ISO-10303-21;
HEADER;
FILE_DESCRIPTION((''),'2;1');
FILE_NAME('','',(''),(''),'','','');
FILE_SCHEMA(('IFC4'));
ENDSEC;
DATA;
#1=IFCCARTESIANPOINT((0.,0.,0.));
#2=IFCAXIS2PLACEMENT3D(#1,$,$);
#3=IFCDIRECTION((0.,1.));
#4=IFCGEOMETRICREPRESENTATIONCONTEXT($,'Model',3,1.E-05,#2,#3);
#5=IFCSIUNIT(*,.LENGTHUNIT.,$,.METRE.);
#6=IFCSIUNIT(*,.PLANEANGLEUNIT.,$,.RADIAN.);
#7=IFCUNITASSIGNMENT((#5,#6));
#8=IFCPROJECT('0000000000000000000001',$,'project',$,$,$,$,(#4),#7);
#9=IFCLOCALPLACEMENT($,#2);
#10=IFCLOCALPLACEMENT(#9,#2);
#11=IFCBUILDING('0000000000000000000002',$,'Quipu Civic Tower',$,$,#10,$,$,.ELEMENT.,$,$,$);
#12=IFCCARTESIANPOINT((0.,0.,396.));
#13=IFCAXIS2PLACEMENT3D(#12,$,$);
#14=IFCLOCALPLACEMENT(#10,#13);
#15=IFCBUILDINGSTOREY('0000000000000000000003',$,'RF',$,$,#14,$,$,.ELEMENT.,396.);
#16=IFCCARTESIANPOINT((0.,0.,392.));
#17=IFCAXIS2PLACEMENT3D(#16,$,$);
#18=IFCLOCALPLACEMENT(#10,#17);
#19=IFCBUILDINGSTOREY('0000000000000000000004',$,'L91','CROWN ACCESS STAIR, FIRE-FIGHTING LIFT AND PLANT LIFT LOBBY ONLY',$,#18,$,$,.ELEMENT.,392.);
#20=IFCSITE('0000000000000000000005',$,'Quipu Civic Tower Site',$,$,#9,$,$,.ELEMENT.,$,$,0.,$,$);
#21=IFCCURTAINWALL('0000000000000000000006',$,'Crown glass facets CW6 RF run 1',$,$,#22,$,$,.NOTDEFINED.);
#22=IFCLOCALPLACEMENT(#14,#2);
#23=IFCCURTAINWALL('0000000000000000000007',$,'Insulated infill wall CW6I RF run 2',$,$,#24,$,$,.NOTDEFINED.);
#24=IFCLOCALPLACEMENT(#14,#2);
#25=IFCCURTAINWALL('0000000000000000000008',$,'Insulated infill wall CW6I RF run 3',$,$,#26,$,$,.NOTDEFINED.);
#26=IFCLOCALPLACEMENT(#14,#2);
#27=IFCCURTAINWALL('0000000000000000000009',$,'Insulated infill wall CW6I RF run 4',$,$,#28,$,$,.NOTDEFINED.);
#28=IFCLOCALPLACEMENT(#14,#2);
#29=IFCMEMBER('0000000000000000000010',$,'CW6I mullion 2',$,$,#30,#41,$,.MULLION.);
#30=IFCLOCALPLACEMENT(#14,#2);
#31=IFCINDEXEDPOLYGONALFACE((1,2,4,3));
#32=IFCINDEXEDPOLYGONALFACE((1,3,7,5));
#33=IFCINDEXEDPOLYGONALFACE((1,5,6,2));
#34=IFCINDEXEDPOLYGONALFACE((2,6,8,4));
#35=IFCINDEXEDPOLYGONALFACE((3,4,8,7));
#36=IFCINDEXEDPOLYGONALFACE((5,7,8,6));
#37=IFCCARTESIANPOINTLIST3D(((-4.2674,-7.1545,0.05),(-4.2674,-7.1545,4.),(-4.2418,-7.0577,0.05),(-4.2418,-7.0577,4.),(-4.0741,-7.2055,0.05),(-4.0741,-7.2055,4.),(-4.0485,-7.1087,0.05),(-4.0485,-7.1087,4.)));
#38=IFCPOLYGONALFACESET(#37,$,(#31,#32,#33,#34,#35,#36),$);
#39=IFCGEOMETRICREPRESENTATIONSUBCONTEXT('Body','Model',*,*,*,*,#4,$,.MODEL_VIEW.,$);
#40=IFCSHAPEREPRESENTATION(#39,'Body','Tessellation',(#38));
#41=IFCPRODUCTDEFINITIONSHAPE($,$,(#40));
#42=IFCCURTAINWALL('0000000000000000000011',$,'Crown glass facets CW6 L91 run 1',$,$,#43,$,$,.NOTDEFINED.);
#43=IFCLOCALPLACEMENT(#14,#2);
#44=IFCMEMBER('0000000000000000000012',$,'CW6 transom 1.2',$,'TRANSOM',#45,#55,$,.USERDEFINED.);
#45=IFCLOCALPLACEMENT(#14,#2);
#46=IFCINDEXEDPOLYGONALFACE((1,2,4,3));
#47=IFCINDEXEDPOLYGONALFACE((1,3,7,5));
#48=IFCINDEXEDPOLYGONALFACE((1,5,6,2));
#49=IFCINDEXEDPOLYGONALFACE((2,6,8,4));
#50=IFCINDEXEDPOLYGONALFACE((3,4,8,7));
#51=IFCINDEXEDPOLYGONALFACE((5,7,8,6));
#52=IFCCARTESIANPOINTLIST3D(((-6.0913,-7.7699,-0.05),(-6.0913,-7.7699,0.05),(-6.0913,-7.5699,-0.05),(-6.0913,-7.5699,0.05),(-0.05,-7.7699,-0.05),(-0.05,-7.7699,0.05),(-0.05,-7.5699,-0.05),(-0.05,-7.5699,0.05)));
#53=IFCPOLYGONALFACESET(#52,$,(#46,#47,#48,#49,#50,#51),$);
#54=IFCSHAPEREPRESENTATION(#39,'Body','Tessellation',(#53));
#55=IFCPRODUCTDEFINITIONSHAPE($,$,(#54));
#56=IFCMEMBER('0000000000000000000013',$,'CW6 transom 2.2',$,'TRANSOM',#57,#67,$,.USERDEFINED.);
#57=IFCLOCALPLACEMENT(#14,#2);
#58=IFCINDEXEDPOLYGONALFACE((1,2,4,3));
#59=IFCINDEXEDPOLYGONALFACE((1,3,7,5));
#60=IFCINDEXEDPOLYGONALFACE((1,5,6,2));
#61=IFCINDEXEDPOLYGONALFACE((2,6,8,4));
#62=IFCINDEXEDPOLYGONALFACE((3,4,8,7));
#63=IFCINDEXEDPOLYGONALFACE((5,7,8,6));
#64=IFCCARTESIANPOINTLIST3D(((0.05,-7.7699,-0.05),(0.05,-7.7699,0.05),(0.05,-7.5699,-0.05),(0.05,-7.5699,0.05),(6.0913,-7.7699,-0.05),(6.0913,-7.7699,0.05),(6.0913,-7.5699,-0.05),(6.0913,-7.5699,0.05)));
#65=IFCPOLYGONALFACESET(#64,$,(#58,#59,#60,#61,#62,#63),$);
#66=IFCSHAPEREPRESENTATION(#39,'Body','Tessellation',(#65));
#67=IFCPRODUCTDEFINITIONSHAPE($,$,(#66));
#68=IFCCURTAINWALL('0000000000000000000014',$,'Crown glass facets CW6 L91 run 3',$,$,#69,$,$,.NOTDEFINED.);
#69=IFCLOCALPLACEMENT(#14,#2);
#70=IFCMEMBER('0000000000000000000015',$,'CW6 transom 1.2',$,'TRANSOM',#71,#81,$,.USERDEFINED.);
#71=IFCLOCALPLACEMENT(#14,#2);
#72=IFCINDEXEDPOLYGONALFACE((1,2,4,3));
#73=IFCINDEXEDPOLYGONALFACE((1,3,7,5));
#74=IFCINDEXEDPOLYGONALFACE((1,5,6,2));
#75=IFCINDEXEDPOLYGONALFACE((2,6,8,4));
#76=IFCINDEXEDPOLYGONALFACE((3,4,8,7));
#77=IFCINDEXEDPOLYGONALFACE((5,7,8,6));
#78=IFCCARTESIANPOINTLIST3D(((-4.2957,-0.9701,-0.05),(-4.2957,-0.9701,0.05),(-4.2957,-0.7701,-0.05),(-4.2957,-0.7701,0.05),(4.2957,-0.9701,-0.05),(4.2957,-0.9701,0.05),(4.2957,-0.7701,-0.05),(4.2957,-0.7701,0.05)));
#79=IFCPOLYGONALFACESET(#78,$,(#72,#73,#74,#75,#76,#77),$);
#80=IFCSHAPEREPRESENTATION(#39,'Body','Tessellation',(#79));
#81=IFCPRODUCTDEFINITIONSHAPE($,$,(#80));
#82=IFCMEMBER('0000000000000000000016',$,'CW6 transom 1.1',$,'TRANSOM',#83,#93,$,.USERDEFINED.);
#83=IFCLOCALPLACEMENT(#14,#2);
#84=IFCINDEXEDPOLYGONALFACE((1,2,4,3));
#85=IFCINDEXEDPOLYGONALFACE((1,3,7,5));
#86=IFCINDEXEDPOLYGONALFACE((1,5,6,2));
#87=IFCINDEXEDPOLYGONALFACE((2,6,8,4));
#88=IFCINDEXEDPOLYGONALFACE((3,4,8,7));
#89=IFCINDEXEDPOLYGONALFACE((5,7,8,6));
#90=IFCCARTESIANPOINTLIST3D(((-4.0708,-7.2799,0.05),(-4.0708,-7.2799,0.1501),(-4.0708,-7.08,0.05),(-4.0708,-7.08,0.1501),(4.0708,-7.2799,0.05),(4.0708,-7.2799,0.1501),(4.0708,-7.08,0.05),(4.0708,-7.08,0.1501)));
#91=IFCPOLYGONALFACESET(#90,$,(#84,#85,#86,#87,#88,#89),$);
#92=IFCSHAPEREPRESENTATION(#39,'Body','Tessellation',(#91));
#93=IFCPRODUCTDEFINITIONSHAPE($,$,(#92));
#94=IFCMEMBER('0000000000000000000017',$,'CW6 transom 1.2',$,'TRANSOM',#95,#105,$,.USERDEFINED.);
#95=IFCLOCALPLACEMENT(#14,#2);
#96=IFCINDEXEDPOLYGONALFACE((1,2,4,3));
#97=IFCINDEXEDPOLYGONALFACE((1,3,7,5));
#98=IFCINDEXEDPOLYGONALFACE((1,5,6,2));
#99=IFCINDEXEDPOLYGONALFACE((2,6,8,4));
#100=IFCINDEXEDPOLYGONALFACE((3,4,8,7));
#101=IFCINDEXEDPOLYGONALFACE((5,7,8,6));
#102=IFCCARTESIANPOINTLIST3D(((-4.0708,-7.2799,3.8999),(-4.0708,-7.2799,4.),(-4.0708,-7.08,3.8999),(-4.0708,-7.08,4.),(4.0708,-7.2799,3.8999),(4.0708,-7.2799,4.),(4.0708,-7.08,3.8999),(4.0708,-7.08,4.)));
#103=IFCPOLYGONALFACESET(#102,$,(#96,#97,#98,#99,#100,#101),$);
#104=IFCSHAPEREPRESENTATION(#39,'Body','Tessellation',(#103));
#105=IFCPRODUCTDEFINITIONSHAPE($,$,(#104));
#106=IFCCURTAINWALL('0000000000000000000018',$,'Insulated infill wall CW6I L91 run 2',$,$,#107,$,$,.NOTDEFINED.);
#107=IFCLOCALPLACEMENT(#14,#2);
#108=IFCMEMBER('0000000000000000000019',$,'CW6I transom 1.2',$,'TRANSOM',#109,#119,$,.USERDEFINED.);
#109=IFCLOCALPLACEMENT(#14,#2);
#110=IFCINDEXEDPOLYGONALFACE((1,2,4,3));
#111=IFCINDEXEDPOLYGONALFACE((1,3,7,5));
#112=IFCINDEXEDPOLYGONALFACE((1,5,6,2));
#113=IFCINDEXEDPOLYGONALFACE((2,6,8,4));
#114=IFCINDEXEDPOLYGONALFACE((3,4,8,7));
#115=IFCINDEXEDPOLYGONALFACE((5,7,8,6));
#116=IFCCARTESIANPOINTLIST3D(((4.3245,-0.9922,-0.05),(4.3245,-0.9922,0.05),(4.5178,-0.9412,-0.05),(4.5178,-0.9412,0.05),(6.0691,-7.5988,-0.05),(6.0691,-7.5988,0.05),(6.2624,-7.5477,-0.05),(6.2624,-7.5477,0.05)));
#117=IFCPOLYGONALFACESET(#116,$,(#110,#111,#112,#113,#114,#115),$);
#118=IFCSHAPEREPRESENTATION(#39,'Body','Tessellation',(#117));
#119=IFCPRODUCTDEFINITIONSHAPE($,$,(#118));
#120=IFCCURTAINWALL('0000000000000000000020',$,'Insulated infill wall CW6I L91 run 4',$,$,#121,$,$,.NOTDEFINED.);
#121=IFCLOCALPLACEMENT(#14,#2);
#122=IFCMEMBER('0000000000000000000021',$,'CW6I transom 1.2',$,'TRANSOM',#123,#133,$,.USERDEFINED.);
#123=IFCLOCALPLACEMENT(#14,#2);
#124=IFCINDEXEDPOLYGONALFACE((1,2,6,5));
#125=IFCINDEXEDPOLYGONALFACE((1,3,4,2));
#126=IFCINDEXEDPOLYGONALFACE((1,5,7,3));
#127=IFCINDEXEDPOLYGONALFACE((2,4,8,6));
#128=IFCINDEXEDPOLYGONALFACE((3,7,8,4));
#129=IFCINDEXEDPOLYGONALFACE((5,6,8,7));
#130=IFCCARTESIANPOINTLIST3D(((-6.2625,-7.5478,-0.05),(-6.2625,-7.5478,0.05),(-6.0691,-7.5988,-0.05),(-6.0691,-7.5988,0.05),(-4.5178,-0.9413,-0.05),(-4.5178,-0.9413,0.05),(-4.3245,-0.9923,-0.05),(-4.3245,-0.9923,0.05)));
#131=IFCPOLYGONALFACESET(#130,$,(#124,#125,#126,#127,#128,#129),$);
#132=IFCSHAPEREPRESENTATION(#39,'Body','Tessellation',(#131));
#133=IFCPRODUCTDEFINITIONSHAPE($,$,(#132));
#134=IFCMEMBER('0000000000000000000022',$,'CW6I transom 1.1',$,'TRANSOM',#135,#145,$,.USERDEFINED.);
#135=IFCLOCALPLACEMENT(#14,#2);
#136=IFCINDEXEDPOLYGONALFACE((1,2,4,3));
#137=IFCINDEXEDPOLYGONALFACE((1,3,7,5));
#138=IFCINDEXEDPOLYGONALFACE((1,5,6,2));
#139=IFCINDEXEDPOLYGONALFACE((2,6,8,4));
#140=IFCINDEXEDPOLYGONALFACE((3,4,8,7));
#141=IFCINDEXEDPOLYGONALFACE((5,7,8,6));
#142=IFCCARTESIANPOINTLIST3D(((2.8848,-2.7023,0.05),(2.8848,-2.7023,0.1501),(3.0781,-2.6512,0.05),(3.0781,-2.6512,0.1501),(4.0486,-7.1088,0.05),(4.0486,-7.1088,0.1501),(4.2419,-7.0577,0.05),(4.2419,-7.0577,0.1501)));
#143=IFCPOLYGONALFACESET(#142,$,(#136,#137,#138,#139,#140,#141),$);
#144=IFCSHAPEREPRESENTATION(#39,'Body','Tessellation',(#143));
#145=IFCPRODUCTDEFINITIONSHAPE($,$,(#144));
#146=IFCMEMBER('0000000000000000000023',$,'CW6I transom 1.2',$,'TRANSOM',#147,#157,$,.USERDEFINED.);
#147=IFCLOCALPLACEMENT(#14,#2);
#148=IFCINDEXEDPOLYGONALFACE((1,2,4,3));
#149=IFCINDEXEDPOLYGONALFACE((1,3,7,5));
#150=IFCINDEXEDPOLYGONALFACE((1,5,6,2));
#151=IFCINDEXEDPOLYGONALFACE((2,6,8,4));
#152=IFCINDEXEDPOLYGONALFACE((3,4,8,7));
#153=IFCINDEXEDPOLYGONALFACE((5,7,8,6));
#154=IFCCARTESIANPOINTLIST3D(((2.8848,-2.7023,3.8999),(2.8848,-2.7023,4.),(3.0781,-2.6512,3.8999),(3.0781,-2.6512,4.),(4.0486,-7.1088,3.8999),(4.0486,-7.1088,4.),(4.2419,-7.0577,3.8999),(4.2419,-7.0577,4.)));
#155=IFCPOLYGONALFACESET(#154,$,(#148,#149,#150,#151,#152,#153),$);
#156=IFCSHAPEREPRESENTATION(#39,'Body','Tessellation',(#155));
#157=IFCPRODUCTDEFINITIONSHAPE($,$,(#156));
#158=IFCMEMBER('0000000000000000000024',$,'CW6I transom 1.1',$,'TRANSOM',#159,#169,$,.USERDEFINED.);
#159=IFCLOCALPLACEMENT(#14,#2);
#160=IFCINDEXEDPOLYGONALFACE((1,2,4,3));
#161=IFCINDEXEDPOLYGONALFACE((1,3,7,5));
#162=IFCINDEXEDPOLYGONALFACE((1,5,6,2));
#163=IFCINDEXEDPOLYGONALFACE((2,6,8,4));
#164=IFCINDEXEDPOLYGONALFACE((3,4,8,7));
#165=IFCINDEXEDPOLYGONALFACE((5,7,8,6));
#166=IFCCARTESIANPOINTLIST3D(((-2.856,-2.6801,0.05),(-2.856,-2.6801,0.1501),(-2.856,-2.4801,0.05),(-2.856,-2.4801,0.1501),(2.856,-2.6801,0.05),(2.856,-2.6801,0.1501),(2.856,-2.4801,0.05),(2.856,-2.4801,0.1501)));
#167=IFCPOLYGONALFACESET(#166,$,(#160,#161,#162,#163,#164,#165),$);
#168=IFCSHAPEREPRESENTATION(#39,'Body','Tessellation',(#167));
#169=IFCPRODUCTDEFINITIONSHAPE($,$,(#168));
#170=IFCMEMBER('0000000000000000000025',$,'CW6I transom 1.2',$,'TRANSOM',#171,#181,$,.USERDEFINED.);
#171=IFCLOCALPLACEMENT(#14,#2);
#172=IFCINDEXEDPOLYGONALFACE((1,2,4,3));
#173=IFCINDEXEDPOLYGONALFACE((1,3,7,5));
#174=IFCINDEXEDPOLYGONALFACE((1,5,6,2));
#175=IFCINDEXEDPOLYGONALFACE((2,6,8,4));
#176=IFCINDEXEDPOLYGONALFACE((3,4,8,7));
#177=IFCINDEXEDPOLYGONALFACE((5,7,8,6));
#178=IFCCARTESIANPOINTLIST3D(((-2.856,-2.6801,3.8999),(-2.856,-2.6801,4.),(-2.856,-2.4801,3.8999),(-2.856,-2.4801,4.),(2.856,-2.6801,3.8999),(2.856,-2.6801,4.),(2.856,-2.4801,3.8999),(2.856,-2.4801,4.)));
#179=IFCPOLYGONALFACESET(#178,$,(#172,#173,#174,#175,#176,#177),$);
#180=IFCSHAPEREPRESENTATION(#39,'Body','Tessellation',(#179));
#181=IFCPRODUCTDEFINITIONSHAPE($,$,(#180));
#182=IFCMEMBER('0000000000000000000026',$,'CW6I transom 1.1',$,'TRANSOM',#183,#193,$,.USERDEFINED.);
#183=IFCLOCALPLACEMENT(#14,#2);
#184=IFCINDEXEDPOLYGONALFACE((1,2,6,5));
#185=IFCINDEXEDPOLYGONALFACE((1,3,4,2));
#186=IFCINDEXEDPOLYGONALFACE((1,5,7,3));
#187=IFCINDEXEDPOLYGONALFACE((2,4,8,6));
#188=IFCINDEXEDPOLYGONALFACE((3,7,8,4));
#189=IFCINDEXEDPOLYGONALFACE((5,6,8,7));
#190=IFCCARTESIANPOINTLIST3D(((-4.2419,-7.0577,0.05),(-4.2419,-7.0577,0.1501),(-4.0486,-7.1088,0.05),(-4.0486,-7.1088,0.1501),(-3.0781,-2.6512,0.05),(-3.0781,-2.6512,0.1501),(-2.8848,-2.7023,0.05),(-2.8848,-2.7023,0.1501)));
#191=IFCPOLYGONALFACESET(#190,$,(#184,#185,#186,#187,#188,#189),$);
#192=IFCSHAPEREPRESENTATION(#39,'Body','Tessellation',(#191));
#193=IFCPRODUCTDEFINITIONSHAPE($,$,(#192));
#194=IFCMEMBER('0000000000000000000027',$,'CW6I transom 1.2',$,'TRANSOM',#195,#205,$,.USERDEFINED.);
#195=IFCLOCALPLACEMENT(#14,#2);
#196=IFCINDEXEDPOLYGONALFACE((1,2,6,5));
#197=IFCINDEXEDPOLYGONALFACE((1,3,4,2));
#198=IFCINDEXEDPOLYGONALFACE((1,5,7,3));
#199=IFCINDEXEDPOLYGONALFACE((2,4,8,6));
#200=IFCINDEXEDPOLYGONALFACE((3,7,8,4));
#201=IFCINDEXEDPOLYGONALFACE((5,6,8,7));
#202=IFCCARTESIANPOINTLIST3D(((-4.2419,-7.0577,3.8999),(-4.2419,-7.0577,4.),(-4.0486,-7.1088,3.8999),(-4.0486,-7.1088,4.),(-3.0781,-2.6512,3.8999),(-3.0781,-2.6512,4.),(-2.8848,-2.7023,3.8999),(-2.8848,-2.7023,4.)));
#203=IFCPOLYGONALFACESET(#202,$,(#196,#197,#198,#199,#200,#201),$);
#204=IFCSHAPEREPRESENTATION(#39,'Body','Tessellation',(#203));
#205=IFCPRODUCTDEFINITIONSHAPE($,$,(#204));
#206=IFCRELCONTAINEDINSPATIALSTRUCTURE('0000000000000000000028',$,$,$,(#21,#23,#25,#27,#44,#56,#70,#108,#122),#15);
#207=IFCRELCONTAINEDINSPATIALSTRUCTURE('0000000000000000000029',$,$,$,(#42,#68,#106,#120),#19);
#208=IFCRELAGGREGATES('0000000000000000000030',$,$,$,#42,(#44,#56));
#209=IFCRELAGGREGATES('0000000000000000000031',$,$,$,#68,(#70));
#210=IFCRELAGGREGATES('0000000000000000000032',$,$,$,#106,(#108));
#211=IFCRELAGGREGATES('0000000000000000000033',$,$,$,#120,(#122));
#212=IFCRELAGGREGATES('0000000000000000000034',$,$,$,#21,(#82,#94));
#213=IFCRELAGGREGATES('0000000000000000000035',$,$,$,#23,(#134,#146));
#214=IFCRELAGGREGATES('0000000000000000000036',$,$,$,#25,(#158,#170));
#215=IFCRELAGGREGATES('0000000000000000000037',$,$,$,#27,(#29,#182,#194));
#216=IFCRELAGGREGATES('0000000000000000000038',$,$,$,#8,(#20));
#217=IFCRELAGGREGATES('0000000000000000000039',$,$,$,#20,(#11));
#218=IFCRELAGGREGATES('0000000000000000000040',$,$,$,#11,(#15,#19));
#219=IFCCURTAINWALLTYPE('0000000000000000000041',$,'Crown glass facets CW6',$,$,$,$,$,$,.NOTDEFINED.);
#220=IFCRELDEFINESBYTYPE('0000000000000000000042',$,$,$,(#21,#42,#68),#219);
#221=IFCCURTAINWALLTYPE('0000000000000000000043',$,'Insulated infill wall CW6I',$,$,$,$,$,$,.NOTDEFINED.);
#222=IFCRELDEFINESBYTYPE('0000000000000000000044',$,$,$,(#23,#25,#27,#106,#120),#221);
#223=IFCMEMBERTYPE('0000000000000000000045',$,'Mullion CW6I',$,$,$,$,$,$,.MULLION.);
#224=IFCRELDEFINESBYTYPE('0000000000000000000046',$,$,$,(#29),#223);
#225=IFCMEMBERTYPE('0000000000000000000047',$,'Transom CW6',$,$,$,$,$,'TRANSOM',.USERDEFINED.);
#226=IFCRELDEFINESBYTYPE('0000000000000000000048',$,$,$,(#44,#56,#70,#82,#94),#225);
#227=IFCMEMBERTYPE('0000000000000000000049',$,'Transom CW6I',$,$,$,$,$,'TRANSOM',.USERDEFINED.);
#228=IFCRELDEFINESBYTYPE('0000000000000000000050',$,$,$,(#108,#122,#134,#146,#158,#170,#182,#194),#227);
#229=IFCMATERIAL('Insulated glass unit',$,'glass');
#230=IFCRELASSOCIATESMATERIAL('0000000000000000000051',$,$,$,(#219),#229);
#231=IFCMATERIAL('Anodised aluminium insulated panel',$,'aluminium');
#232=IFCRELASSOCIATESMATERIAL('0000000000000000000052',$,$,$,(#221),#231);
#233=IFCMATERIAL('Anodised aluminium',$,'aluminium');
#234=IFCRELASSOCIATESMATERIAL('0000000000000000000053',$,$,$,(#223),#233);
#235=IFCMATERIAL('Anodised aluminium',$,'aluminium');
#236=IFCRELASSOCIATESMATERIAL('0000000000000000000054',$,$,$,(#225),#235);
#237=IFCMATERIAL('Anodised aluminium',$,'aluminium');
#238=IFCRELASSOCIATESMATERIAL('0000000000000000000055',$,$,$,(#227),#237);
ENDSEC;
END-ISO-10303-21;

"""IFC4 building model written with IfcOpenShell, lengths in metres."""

from ifc_helpers import new_model, si_unit, direction, frame, origin, origin_2d, place, context, subcontext, project, spatial, rectangle, extrude, material, material_profile, profile_set, type_object, element, aggregate, save


model = new_model("IFC4")

# Units and contexts
model_context = context("Model", 3, precision=1e-05, world=origin(), true_north=direction((0.0, 1.0)))
body_context = subcontext(model_context, "Body", "Model", "MODEL_VIEW")
ifc_project = project(units=[si_unit("LENGTHUNIT", "METRE"), si_unit("PLANEANGLEUNIT", "RADIAN")], contexts=[model_context])

# Site, building, storey
site_placement = place(None, origin())
site = spatial("IfcSite", under=ifc_project, at=site_placement, Name="Quipu Civic Tower Site", CompositionType="ELEMENT", RefElevation=0.0)
building_placement = place(site_placement, origin())
building = spatial("IfcBuilding", under=site, at=building_placement, Name="Quipu Civic Tower", CompositionType="ELEMENT")
storey_1_placement = place(building_placement, frame((0.0, 0.0, 396.0)))
storey_1 = spatial("IfcBuildingStorey", under=building, at=storey_1_placement, Name="RF", CompositionType="ELEMENT", Elevation=396.0)

# Curtain walls, member
ifc_material_1 = material(Name="Insulated glass unit", Category="glass")
curtain_wall_type_1 = type_object("IfcCurtainWallType", Name="Crown glass facets CW6", PredefinedType="NOTDEFINED", material=ifc_material_1)
curtain_wall_1_placement = place(storey_1_placement, origin())
curtain_wall_1 = element("IfcCurtainWall", 1, at=curtain_wall_1_placement, inside=storey_1, type_object=curtain_wall_type_1, Name="Crown glass facets CW6 RF run 1", PredefinedType="NOTDEFINED")
ifc_material_2 = material(Name="Anodised aluminium insulated panel", Category="aluminium")
curtain_wall_type_2 = type_object("IfcCurtainWallType", Name="Insulated infill wall CW6I", PredefinedType="NOTDEFINED", material=ifc_material_2)
curtain_wall_2_placement = place(storey_1_placement, origin())
curtain_wall_2 = element("IfcCurtainWall", 2, at=curtain_wall_2_placement, inside=storey_1, type_object=curtain_wall_type_2, Name="Insulated infill wall CW6I RF run 2", PredefinedType="NOTDEFINED")
ifc_material_3 = material(Name="Anodised aluminium", Category="aluminium")
ifc_material_profile_1 = material_profile(ifc_material_3, rectangle(XDim=0.2, YDim=0.1001, at=origin_2d()), Name="RECT 200x100")
ifc_profile_set_1 = profile_set([ifc_material_profile_1], Name="Anodised aluminium")
member_type_1 = type_object("IfcMemberType", Name="Mullion CW6I", PredefinedType="MULLION", material=ifc_profile_set_1)
curtain_wall_3_placement = place(storey_1_placement, origin())
curtain_wall_3 = element("IfcCurtainWall", 3, at=curtain_wall_3_placement, inside=storey_1, type_object=curtain_wall_type_2, Name="Insulated infill wall CW6I RF run 3", PredefinedType="NOTDEFINED")
curtain_wall_4_placement = place(storey_1_placement, origin())
curtain_wall_4 = element("IfcCurtainWall", 4, at=curtain_wall_4_placement, inside=storey_1, type_object=curtain_wall_type_2, Name="Insulated infill wall CW6I RF run 4", PredefinedType="NOTDEFINED")
member_1_placement = place(storey_1_placement, frame((-4.158, -7.1316, 0.05), z_axis=(0.0, 0.0, 1.0), x_axis=(0.966853, -0.255333, 0.0)))
member_1 = element("IfcMember", 5, at=member_1_placement, type_object=member_type_1, Name="CW6I mullion 2", PredefinedType="MULLION", context=body_context, shape_type="SweptSolid", body=[
    extrude(rectangle(XDim=0.2, YDim=0.1001, at=origin_2d()), origin(), (0.0, 0.0, 1.0), 3.95),
])

# Shared definitions
storey_2_placement = place(building_placement, frame((0.0, 0.0, 392.0)))
storey_2 = spatial("IfcBuildingStorey", under=building, at=storey_2_placement, Name="L91", Description="CROWN ACCESS STAIR, FIRE-FIGHTING LIFT AND PLANT LIFT LOBBY ONLY", CompositionType="ELEMENT", Elevation=392.0)

# Curtain wall, members
curtain_wall_5_placement = place(storey_2_placement, origin())
curtain_wall_5 = element("IfcCurtainWall", 6, at=curtain_wall_5_placement, inside=storey_2, type_object=curtain_wall_type_1, Name="Crown glass facets CW6 L91 run 1", PredefinedType="NOTDEFINED")
ifc_material_4 = material(Name="Anodised aluminium", Category="aluminium")
ifc_material_profile_2 = material_profile(ifc_material_4, rectangle(XDim=0.2, YDim=0.1001, at=origin_2d()), Name="RECT 200x100")
ifc_profile_set_2 = profile_set([ifc_material_profile_2], Name="Anodised aluminium")
member_type_2 = type_object("IfcMemberType", Name="Transom CW6", ElementType="TRANSOM", PredefinedType="USERDEFINED", material=ifc_profile_set_2)
member_2_placement = place(storey_1_placement, frame((-6.0913, -7.6699, 0.0), z_axis=(1.0, 0.0, 0.0), x_axis=(0.0, 1.0, 0.0)))
member_2 = element("IfcMember", 7, at=member_2_placement, inside=storey_1, type_object=member_type_2, Name="CW6 transom 1.2", ObjectType="TRANSOM", PredefinedType="USERDEFINED", context=body_context, shape_type="SweptSolid", body=[
    extrude(rectangle(XDim=0.2, YDim=0.1001, at=origin_2d()), origin(), (0.0, 0.0, 1.0), 6.0413),
])
member_3_placement = place(storey_1_placement, frame((0.05, -7.6699, 0.0), z_axis=(1.0, 0.0, 0.0), x_axis=(0.0, 1.0, 0.0)))
member_3 = element("IfcMember", 8, at=member_3_placement, inside=storey_1, type_object=member_type_2, Name="CW6 transom 2.2", ObjectType="TRANSOM", PredefinedType="USERDEFINED", context=body_context, shape_type="SweptSolid", body=[
    extrude(rectangle(XDim=0.2, YDim=0.1001, at=origin_2d()), origin(), (0.0, 0.0, 1.0), 6.0413),
])
aggregate(curtain_wall_5, [member_2, member_3])

# Curtain wall, member
curtain_wall_6_placement = place(storey_2_placement, origin())
curtain_wall_6 = element("IfcCurtainWall", 9, at=curtain_wall_6_placement, inside=storey_2, type_object=curtain_wall_type_1, Name="Crown glass facets CW6 L91 run 3", PredefinedType="NOTDEFINED")
member_4_placement = place(storey_1_placement, frame((4.2957, -0.8701, 0.0), z_axis=(-1.0, 0.0, 0.0), x_axis=(0.0, -1.0, 0.0)))
member_4 = element("IfcMember", 10, at=member_4_placement, inside=storey_1, type_object=member_type_2, Name="CW6 transom 1.2", ObjectType="TRANSOM", PredefinedType="USERDEFINED", context=body_context, shape_type="SweptSolid", body=[
    extrude(rectangle(XDim=0.2, YDim=0.1001, at=origin_2d()), origin(), (0.0, 0.0, 1.0), 8.5913),
])
aggregate(curtain_wall_6, [member_4])

# Members
member_5_placement = place(storey_1_placement, frame((-4.0708, -7.1799, 0.1001), z_axis=(1.0, 0.0, 0.0), x_axis=(0.0, 1.0, 0.0)))
member_5 = element("IfcMember", 11, at=member_5_placement, type_object=member_type_2, Name="CW6 transom 1.1", ObjectType="TRANSOM", PredefinedType="USERDEFINED", context=body_context, shape_type="SweptSolid", body=[
    extrude(rectangle(XDim=0.2, YDim=0.1001, at=origin_2d()), origin(), (0.0, 0.0, 1.0), 8.1416),
])
member_6_placement = place(storey_1_placement, frame((-4.0708, -7.1799, 3.95), z_axis=(1.0, 0.0, 0.0), x_axis=(0.0, 1.0, 0.0)))
member_6 = element("IfcMember", 12, at=member_6_placement, type_object=member_type_2, Name="CW6 transom 1.2", ObjectType="TRANSOM", PredefinedType="USERDEFINED", context=body_context, shape_type="SweptSolid", body=[
    extrude(rectangle(XDim=0.2, YDim=0.1001, at=origin_2d()), origin(), (0.0, 0.0, 1.0), 8.1416),
])

# Curtain walls, members
curtain_wall_7_placement = place(storey_2_placement, origin())
curtain_wall_7 = element("IfcCurtainWall", 13, at=curtain_wall_7_placement, inside=storey_2, type_object=curtain_wall_type_2, Name="Insulated infill wall CW6I L91 run 2", PredefinedType="NOTDEFINED")
ifc_material_5 = material(Name="Anodised aluminium", Category="aluminium")
ifc_material_profile_3 = material_profile(ifc_material_5, rectangle(XDim=0.2, YDim=0.1001, at=origin_2d()), Name="RECT 200x100")
ifc_profile_set_3 = profile_set([ifc_material_profile_3], Name="Anodised aluminium")
member_type_3 = type_object("IfcMemberType", Name="Transom CW6I", ElementType="TRANSOM", PredefinedType="USERDEFINED", material=ifc_profile_set_3)
member_7_placement = place(storey_1_placement, frame((6.1658, -7.5732, 0.0), z_axis=(-0.255327, 0.966855, 0.0), x_axis=(-0.966855, -0.255327, 0.0)))
member_7 = element("IfcMember", 14, at=member_7_placement, inside=storey_1, type_object=member_type_3, Name="CW6I transom 1.2", ObjectType="TRANSOM", PredefinedType="USERDEFINED", context=body_context, shape_type="SweptSolid", body=[
    extrude(rectangle(XDim=0.2, YDim=0.1001, at=origin_2d()), origin(), (0.0, 0.0, 1.0), 6.833),
])
aggregate(curtain_wall_7, [member_7])
curtain_wall_8_placement = place(storey_2_placement, origin())
curtain_wall_8 = element("IfcCurtainWall", 15, at=curtain_wall_8_placement, inside=storey_2, type_object=curtain_wall_type_2, Name="Insulated infill wall CW6I L91 run 4", PredefinedType="NOTDEFINED")
member_8_placement = place(storey_1_placement, frame((-4.4211, -0.9668, 0.0), z_axis=(-0.255327, -0.966855, 0.0), x_axis=(0.966855, -0.255327, 0.0)))
member_8 = element("IfcMember", 16, at=member_8_placement, inside=storey_1, type_object=member_type_3, Name="CW6I transom 1.2", ObjectType="TRANSOM", PredefinedType="USERDEFINED", context=body_context, shape_type="SweptSolid", body=[
    extrude(rectangle(XDim=0.2, YDim=0.1001, at=origin_2d()), origin(), (0.0, 0.0, 1.0), 6.833),
])
aggregate(curtain_wall_8, [member_8])

# Members
member_9_placement = place(storey_1_placement, frame((4.1453, -7.0833, 0.1001), z_axis=(-0.255358, 0.966847, 0.0), x_axis=(-0.966847, -0.255358, 0.0)))
member_9 = element("IfcMember", 17, at=member_9_placement, type_object=member_type_3, Name="CW6I transom 1.1", ObjectType="TRANSOM", PredefinedType="USERDEFINED", context=body_context, shape_type="SweptSolid", body=[
    extrude(rectangle(XDim=0.2, YDim=0.1001, at=origin_2d()), origin(), (0.0, 0.0, 1.0), 4.5576),
])
member_10_placement = place(storey_1_placement, frame((4.1453, -7.0833, 3.95), z_axis=(-0.255358, 0.966847, 0.0), x_axis=(-0.966847, -0.255358, 0.0)))
member_10 = element("IfcMember", 18, at=member_10_placement, type_object=member_type_3, Name="CW6I transom 1.2", ObjectType="TRANSOM", PredefinedType="USERDEFINED", context=body_context, shape_type="SweptSolid", body=[
    extrude(rectangle(XDim=0.2, YDim=0.1001, at=origin_2d()), origin(), (0.0, 0.0, 1.0), 4.5576),
])
member_11_placement = place(storey_1_placement, frame((2.856, -2.5801, 0.1001), z_axis=(-1.0, 0.0, 0.0), x_axis=(0.0, -1.0, 0.0)))
member_11 = element("IfcMember", 19, at=member_11_placement, type_object=member_type_3, Name="CW6I transom 1.1", ObjectType="TRANSOM", PredefinedType="USERDEFINED", context=body_context, shape_type="SweptSolid", body=[
    extrude(rectangle(XDim=0.2, YDim=0.1001, at=origin_2d()), origin(), (0.0, 0.0, 1.0), 5.7119),
])
member_12_placement = place(storey_1_placement, frame((2.856, -2.5801, 3.95), z_axis=(-1.0, 0.0, 0.0), x_axis=(0.0, -1.0, 0.0)))
member_12 = element("IfcMember", 20, at=member_12_placement, type_object=member_type_3, Name="CW6I transom 1.2", ObjectType="TRANSOM", PredefinedType="USERDEFINED", context=body_context, shape_type="SweptSolid", body=[
    extrude(rectangle(XDim=0.2, YDim=0.1001, at=origin_2d()), origin(), (0.0, 0.0, 1.0), 5.7119),
])
member_13_placement = place(storey_1_placement, frame((-2.9814, -2.6768, 0.1001), z_axis=(-0.255358, -0.966847, 0.0), x_axis=(0.966847, -0.255358, 0.0)))
member_13 = element("IfcMember", 21, at=member_13_placement, type_object=member_type_3, Name="CW6I transom 1.1", ObjectType="TRANSOM", PredefinedType="USERDEFINED", context=body_context, shape_type="SweptSolid", body=[
    extrude(rectangle(XDim=0.2, YDim=0.1001, at=origin_2d()), origin(), (0.0, 0.0, 1.0), 4.5576),
])
member_14_placement = place(storey_1_placement, frame((-2.9814, -2.6768, 3.95), z_axis=(-0.255358, -0.966847, 0.0), x_axis=(0.966847, -0.255358, 0.0)))
member_14 = element("IfcMember", 22, at=member_14_placement, type_object=member_type_3, Name="CW6I transom 1.2", ObjectType="TRANSOM", PredefinedType="USERDEFINED", context=body_context, shape_type="SweptSolid", body=[
    extrude(rectangle(XDim=0.2, YDim=0.1001, at=origin_2d()), origin(), (0.0, 0.0, 1.0), 4.5576),
])

aggregate(curtain_wall_1, [member_5, member_6])
aggregate(curtain_wall_2, [member_9, member_10])
aggregate(curtain_wall_3, [member_11, member_12])
aggregate(curtain_wall_4, [member_1, member_13, member_14])

save(model, "model.ifc")
